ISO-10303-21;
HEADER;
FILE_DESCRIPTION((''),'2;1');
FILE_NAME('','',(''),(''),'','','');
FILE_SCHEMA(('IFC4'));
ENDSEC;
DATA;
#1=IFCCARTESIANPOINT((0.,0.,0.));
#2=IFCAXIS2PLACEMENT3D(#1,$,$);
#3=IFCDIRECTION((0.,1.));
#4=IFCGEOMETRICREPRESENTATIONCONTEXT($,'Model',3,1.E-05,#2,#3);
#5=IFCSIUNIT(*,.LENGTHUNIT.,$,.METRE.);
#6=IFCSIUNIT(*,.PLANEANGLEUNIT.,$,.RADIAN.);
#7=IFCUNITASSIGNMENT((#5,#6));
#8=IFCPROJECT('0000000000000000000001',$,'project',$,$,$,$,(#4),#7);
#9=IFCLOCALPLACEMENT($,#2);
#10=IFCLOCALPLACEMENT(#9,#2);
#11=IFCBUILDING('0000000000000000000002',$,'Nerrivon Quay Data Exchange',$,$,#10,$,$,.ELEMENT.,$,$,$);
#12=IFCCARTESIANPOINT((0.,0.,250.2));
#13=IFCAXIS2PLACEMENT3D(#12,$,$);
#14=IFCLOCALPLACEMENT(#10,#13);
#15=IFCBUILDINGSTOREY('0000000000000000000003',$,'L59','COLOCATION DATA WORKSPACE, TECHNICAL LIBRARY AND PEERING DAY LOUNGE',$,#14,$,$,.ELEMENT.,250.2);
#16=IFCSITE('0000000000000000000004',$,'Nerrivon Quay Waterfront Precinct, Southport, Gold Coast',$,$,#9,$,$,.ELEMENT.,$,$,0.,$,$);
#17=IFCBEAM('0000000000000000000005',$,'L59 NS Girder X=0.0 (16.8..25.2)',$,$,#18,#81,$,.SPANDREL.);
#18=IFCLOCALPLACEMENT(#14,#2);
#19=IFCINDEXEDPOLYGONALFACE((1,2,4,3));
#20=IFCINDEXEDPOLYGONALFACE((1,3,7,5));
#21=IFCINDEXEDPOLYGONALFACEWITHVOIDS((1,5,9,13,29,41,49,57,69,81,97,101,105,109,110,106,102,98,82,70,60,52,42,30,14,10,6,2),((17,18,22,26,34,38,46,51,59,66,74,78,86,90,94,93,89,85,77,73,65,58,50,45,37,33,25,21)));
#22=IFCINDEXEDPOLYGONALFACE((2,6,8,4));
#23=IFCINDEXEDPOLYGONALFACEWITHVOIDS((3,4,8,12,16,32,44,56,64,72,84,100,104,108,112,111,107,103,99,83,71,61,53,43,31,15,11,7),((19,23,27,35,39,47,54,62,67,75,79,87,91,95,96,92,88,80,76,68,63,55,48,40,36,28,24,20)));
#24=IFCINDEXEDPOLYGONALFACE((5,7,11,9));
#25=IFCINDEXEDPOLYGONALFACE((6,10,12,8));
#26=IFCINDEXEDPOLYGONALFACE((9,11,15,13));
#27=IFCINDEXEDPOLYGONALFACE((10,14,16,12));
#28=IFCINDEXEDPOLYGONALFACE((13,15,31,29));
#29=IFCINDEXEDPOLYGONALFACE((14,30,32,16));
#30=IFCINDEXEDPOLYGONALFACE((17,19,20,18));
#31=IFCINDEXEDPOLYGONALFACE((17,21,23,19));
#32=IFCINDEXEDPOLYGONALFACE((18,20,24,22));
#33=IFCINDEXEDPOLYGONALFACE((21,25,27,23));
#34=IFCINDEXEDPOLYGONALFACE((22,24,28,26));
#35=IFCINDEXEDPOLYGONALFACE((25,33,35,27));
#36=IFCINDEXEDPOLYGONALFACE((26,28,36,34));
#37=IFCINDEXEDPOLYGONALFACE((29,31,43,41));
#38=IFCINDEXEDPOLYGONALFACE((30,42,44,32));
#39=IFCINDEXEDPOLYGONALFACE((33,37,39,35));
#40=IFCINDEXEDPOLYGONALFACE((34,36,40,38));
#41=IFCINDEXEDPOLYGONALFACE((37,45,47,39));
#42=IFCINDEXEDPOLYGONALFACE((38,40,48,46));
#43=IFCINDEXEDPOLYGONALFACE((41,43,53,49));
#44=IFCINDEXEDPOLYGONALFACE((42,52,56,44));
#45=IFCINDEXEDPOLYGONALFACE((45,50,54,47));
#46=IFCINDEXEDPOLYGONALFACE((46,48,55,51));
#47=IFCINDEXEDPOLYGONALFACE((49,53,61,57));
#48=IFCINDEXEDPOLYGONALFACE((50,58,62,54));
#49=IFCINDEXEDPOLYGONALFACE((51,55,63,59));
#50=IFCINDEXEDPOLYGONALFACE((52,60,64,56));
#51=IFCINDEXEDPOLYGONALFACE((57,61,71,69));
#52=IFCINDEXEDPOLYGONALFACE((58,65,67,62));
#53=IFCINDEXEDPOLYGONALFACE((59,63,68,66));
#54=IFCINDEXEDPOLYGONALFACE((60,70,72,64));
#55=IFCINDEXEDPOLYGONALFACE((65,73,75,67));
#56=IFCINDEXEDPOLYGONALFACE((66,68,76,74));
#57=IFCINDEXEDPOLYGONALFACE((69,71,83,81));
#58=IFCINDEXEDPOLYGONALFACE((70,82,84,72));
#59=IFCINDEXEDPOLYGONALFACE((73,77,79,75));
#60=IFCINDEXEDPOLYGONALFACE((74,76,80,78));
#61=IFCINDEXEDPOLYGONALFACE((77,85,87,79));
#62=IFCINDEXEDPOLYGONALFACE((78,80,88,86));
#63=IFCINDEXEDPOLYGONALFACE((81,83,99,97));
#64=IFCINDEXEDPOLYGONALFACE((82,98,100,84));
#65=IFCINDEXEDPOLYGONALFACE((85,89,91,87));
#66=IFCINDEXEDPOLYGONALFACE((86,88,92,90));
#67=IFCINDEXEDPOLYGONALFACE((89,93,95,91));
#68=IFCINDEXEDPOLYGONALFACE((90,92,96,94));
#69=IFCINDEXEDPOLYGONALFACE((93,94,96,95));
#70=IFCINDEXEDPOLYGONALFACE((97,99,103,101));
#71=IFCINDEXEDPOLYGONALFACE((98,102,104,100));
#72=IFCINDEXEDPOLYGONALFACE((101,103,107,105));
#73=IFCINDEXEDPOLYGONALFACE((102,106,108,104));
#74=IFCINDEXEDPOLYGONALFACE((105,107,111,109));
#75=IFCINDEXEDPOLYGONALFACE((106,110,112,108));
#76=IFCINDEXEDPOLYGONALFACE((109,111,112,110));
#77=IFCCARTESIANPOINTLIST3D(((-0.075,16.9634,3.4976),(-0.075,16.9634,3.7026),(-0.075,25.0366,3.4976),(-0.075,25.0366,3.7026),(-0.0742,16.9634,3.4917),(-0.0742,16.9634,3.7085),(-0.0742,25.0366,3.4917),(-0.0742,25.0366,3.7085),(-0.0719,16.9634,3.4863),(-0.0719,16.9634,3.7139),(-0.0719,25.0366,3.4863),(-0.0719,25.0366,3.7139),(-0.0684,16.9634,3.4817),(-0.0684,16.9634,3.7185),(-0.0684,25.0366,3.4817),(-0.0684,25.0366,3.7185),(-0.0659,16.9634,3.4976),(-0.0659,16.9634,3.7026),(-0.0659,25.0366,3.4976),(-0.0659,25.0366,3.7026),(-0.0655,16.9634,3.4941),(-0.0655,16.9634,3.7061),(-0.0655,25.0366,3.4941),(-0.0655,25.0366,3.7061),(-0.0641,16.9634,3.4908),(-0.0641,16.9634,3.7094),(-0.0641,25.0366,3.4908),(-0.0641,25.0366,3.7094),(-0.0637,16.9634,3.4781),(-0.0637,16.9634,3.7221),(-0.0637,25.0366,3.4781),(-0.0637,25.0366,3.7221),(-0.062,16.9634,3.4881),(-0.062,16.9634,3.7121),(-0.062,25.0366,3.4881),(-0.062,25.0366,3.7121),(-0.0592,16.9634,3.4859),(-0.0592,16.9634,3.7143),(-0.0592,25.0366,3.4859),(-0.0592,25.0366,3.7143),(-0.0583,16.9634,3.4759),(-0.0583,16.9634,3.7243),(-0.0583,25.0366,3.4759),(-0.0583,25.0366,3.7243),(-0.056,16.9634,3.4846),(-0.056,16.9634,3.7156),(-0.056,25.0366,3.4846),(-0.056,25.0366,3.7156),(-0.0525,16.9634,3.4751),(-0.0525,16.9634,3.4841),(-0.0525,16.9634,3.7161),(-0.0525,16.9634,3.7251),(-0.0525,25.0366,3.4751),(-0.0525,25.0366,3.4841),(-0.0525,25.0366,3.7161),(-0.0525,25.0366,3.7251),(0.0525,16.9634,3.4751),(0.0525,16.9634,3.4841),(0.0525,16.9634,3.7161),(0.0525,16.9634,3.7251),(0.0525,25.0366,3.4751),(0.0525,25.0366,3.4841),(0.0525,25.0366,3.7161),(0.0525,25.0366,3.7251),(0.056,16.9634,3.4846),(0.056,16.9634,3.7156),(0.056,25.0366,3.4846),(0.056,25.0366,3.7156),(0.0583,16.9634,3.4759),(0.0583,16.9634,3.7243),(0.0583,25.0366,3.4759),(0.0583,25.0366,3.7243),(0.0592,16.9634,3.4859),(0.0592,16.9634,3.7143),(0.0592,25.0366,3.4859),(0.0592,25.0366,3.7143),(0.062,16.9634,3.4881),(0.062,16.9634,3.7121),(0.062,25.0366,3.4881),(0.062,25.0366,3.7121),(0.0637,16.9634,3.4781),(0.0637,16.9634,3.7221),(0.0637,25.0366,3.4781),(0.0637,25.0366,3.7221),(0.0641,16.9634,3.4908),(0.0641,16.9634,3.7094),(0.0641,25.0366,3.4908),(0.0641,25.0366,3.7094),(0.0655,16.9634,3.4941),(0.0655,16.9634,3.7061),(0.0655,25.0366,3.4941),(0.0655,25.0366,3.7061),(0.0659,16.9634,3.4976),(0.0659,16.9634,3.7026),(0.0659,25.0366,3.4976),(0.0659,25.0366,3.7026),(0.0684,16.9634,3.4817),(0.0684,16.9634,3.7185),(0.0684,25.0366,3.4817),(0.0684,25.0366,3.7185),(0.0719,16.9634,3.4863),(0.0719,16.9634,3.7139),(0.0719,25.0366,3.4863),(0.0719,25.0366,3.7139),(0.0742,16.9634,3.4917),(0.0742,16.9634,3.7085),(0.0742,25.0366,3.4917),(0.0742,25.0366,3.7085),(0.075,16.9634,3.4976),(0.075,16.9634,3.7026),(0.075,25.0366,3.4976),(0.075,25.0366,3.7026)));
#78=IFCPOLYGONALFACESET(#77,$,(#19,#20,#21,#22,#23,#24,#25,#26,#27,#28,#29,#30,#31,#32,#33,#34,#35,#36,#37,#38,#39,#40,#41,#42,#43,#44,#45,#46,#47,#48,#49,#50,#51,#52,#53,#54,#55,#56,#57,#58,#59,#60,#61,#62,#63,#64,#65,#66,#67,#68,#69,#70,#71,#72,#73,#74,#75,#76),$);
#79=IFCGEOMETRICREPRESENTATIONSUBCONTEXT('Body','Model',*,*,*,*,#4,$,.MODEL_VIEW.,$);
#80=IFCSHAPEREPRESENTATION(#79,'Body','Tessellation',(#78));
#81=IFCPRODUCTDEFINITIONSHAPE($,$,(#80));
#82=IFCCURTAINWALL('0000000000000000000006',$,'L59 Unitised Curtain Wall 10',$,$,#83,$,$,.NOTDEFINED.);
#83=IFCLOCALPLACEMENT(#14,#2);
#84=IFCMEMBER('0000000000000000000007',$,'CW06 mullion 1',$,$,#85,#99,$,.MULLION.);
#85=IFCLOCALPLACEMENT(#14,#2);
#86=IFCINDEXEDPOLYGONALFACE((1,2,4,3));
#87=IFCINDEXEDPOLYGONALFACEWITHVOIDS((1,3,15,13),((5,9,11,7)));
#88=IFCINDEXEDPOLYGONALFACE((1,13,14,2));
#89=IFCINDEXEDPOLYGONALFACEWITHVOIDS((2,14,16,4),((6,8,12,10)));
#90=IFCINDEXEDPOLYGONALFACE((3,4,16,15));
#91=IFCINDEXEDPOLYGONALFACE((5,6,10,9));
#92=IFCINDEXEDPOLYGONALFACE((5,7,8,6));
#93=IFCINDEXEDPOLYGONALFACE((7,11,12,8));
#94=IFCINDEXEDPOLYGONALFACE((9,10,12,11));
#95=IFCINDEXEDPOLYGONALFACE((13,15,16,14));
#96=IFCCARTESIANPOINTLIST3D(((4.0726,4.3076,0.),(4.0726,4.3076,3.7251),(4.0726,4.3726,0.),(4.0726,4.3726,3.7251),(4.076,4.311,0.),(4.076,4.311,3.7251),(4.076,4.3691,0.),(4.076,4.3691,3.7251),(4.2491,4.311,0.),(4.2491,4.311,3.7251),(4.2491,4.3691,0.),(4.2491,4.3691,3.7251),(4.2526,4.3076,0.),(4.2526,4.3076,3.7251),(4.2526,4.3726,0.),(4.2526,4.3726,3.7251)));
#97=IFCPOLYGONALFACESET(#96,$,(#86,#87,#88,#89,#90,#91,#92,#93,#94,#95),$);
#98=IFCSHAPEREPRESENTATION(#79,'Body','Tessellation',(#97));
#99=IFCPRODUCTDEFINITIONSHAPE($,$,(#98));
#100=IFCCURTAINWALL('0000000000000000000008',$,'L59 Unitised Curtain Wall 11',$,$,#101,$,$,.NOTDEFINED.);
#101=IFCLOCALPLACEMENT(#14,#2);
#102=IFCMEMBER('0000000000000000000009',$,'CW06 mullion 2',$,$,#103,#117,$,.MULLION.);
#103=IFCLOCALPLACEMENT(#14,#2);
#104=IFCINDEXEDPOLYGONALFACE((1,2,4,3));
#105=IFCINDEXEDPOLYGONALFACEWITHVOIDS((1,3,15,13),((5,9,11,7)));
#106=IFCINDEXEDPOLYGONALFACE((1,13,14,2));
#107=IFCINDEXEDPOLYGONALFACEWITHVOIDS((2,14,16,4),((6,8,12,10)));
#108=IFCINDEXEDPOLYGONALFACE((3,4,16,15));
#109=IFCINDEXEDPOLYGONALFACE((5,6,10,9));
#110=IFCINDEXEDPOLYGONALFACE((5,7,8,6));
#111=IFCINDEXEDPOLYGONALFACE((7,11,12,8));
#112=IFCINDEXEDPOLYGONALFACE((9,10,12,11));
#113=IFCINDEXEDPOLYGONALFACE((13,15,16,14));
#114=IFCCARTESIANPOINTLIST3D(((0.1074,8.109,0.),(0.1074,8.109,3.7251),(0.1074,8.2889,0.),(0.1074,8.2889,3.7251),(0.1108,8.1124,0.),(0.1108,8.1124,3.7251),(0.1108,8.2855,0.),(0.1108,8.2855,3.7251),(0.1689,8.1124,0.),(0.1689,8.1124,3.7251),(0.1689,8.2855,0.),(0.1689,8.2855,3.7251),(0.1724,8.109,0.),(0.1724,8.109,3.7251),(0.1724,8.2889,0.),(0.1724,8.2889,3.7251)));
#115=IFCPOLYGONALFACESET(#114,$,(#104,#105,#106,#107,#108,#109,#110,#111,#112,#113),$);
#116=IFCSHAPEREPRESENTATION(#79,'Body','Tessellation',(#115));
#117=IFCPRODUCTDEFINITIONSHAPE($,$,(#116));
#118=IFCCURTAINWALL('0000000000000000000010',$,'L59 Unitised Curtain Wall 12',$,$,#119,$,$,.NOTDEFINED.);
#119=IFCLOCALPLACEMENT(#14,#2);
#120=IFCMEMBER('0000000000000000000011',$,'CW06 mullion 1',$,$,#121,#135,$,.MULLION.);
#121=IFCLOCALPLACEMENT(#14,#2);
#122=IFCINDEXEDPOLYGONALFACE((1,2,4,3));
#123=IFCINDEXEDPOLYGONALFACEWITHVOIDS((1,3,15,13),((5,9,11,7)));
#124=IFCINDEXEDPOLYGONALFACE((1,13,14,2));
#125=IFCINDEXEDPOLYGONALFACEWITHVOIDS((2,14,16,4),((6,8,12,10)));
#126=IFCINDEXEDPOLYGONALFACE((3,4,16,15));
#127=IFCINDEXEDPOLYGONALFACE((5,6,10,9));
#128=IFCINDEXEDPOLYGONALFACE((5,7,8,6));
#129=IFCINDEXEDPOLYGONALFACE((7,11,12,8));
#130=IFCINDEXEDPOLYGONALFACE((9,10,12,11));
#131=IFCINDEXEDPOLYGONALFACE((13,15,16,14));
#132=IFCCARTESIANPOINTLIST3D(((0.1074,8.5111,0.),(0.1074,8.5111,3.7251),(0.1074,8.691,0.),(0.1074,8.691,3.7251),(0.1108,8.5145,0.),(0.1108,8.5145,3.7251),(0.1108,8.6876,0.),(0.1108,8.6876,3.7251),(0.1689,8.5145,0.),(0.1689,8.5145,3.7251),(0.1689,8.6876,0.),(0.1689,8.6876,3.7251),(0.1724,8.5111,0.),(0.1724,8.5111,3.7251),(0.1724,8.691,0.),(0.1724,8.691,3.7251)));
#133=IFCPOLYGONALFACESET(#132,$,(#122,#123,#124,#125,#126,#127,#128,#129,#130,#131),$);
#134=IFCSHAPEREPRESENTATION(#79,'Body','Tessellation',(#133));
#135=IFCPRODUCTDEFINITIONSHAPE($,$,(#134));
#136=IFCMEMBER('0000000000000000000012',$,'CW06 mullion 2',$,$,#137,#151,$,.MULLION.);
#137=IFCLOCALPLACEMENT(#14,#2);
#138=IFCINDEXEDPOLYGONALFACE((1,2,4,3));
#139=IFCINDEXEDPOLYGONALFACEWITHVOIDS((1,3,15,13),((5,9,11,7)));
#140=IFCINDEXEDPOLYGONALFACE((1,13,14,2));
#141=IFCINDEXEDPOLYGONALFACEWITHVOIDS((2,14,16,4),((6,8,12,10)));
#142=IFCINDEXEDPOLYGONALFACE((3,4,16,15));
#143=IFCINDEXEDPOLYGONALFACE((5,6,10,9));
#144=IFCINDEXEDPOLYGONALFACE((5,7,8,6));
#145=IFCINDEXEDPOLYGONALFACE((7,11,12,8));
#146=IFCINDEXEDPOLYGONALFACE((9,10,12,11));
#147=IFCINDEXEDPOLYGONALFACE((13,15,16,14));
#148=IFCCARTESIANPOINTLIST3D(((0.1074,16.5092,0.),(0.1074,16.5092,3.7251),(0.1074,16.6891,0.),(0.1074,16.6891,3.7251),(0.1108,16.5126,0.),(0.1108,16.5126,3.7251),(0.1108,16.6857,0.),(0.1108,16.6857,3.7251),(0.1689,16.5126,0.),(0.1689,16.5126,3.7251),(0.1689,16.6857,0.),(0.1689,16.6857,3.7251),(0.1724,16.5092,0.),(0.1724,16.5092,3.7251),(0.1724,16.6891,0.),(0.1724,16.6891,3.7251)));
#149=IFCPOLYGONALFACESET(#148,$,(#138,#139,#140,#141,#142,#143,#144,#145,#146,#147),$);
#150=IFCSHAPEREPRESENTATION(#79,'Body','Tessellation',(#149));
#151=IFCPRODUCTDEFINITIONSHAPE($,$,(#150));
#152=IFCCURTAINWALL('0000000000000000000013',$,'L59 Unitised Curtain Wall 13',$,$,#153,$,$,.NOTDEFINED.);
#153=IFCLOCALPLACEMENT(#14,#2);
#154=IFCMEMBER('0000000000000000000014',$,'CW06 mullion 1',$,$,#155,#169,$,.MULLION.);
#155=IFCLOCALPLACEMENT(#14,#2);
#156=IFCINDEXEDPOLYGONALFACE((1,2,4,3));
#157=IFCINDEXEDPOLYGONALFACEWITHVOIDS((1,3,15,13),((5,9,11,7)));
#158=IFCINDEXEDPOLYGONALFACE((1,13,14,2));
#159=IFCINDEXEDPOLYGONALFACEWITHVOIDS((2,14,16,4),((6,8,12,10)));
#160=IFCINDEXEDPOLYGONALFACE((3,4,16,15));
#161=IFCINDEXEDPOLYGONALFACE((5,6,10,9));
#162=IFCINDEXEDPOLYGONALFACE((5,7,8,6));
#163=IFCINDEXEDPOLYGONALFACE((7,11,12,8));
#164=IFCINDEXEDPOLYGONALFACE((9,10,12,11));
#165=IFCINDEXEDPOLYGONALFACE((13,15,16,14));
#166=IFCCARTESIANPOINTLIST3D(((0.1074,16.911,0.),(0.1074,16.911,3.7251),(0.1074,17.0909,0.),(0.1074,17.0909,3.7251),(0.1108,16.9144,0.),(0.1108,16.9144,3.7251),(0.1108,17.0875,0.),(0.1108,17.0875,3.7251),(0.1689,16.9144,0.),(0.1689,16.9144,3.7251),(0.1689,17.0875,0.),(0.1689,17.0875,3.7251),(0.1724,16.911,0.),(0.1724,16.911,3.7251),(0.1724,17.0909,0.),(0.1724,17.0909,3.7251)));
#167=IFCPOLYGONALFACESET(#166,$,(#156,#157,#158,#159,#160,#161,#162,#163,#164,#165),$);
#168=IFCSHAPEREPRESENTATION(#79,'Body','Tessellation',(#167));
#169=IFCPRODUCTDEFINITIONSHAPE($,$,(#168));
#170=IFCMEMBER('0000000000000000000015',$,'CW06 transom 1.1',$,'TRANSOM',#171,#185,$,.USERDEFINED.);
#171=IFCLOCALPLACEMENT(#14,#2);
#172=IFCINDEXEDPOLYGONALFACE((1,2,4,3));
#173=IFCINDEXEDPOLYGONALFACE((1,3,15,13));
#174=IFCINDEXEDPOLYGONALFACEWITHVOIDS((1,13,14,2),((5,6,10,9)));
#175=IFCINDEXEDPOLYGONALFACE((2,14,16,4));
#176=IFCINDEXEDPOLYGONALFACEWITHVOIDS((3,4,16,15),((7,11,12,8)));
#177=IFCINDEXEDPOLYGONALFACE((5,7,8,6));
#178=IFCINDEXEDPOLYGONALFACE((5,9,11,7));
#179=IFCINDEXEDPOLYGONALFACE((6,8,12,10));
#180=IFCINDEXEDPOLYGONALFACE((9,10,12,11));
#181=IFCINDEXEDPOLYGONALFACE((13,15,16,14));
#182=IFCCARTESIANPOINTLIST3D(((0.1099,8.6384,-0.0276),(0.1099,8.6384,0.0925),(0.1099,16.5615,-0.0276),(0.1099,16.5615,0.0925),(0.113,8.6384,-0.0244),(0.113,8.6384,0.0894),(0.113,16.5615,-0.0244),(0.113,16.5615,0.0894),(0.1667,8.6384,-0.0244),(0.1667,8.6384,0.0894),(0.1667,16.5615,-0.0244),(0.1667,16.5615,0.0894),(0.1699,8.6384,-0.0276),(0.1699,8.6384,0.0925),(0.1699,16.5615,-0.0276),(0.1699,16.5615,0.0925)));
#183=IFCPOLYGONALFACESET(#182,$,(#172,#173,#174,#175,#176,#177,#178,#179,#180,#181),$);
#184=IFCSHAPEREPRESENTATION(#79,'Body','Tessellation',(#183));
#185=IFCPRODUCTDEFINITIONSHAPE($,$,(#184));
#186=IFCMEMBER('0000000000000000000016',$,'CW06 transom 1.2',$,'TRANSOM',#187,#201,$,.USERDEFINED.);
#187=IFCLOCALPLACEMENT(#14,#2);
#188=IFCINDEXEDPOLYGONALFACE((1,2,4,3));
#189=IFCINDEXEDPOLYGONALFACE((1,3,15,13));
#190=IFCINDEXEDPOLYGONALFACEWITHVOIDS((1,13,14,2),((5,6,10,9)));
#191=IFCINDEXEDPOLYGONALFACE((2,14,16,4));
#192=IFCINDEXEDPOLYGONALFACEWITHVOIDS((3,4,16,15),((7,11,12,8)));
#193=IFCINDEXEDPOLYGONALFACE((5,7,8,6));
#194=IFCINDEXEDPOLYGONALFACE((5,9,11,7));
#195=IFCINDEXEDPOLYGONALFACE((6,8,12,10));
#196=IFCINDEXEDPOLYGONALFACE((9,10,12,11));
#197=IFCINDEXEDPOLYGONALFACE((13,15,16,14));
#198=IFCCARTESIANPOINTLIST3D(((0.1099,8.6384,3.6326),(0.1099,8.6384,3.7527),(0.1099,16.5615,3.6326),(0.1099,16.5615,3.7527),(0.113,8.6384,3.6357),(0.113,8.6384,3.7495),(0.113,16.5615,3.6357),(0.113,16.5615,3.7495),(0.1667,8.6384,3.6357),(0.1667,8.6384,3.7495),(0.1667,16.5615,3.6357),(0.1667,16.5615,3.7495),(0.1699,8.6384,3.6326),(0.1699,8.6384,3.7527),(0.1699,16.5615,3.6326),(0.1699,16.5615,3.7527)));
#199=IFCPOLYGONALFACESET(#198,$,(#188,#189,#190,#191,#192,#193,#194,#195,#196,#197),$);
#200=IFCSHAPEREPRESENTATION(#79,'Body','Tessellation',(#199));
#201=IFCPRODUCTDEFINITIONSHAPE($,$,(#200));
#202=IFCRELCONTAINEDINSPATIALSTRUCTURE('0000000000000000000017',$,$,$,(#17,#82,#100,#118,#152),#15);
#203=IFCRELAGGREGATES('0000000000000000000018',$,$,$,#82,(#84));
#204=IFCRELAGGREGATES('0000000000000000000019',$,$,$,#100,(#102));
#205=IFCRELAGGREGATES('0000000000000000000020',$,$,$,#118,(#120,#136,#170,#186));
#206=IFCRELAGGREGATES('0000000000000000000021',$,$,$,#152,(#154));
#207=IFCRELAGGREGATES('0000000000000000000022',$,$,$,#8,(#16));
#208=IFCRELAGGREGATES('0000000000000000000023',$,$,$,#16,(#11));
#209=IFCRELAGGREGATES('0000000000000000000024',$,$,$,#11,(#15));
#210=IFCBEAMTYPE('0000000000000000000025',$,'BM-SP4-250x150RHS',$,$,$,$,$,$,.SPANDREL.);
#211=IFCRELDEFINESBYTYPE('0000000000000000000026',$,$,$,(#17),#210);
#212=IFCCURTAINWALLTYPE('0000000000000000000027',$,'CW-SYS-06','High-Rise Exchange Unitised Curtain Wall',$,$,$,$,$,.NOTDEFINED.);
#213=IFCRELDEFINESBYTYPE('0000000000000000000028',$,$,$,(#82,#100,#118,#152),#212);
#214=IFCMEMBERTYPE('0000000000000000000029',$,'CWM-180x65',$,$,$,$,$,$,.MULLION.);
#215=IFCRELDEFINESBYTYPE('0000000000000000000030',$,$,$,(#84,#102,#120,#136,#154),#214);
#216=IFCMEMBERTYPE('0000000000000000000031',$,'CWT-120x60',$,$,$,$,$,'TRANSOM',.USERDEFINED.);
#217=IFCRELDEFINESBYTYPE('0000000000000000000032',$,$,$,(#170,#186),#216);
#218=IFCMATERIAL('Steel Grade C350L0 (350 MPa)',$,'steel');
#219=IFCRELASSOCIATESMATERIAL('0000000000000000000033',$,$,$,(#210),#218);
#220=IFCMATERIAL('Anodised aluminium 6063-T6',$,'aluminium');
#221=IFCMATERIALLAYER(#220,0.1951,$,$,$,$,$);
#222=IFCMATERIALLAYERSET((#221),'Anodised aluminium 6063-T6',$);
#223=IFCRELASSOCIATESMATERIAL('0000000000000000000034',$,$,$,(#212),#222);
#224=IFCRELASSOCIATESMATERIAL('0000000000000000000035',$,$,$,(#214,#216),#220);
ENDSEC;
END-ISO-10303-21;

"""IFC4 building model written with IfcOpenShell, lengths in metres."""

from ifc_helpers import new_model, si_unit, direction, frame, origin, origin_2d, place, context, subcontext, project, spatial, hollow_rectangle, extrude, material, layer, layer_set, material_profile, profile_set, type_object, element, aggregate, save


model = new_model("IFC4")

# Units and contexts
model_context = context("Model", 3, precision=1e-05, world=origin(), true_north=direction((0.0, 1.0)))
body_context = subcontext(model_context, "Body", "Model", "MODEL_VIEW")
ifc_project = project(units=[si_unit("LENGTHUNIT", "METRE"), si_unit("PLANEANGLEUNIT", "RADIAN")], contexts=[model_context])

# Site, building, storey
site_placement = place(None, origin())
site = spatial("IfcSite", under=ifc_project, at=site_placement, Name="Nerrivon Quay Waterfront Precinct, Southport, Gold Coast", CompositionType="ELEMENT", RefElevation=0.0)
building_placement = place(site_placement, origin())
building = spatial("IfcBuilding", under=site, at=building_placement, Name="Nerrivon Quay Data Exchange", CompositionType="ELEMENT")
storey_placement = place(building_placement, frame((0.0, 0.0, 250.2)))
storey = spatial("IfcBuildingStorey", under=building, at=storey_placement, Name="L59", Description="COLOCATION DATA WORKSPACE, TECHNICAL LIBRARY AND PEERING DAY LOUNGE", CompositionType="ELEMENT", Elevation=250.2)

# Beam
ifc_material_1 = material(Name="Steel Grade C350L0 (350 MPa)", Category="steel")
ifc_material_profile_1 = material_profile(ifc_material_1, hollow_rectangle(XDim=0.1499, YDim=0.25, WallThickness=0.009, InnerFilletRadius=0.0134, OuterFilletRadius=0.0225, at=origin_2d()), Name="250x150x9.0RHS")
ifc_profile_set_1 = profile_set([ifc_material_profile_1], Name="Steel Grade C350L0 (350 MPa)")
beam_type_1 = type_object("IfcBeamType", Name="BM-SP4-250x150RHS", PredefinedType="SPANDREL", material=ifc_profile_set_1)
beam_1_placement = place(storey_placement, frame((0.0, 16.9634, 3.6001), z_axis=(0.0, 1.0, 0.0), x_axis=(-1.0, 0.0, 0.0)))
element("IfcBeam", 1, at=beam_1_placement, inside=storey, type_object=beam_type_1, Name="L59 NS Girder X=0.0 (16.8..25.2)", PredefinedType="SPANDREL", context=body_context, shape_type="SweptSolid", body=[
    extrude(hollow_rectangle(XDim=0.1499, YDim=0.25, WallThickness=0.009, InnerFilletRadius=0.0134, OuterFilletRadius=0.0225, at=origin_2d()), origin(), (0.0, 0.0, 1.0), 8.0732),
])

# Curtain walls, members
ifc_material_2 = material(Name="Anodised aluminium 6063-T6", Category="aluminium")
ifc_layer_1 = layer(ifc_material_2, 0.1951)
ifc_layer_set_1 = layer_set([ifc_layer_1], Name="Anodised aluminium 6063-T6")
curtain_wall_type = type_object("IfcCurtainWallType", Name="CW-SYS-06", Description="High-Rise Exchange Unitised Curtain Wall", PredefinedType="NOTDEFINED", material=ifc_layer_set_1)
curtain_wall_1_placement = place(storey_placement, origin())
curtain_wall_1 = element("IfcCurtainWall", 2, at=curtain_wall_1_placement, inside=storey, type_object=curtain_wall_type, Name="L59 Unitised Curtain Wall 10", PredefinedType="NOTDEFINED")
ifc_material_profile_2 = material_profile(ifc_material_2, hollow_rectangle(XDim=0.0649, YDim=0.1799, WallThickness=0.0034, at=origin_2d()), Name="ALU-MULL-180x65")
ifc_profile_set_2 = profile_set([ifc_material_profile_2], Name="Anodised aluminium 6063-T6")
member_type_1 = type_object("IfcMemberType", Name="CWM-180x65", PredefinedType="MULLION", material=ifc_profile_set_2)
member_1_placement = place(storey_placement, frame((4.1626, 4.3401, 0.0), z_axis=(0.0, 0.0, 1.0), x_axis=(0.0, -1.0, 0.0)))
member_1 = element("IfcMember", 3, at=member_1_placement, type_object=member_type_1, Name="CW06 mullion 1", PredefinedType="MULLION", context=body_context, shape_type="SweptSolid", body=[
    extrude(hollow_rectangle(XDim=0.0649, YDim=0.1799, WallThickness=0.0034, at=origin_2d()), origin(), (0.0, 0.0, 1.0), 3.7251),
])
aggregate(curtain_wall_1, [member_1])
curtain_wall_2_placement = place(storey_placement, origin())
curtain_wall_2 = element("IfcCurtainWall", 4, at=curtain_wall_2_placement, inside=storey, type_object=curtain_wall_type, Name="L59 Unitised Curtain Wall 11", PredefinedType="NOTDEFINED")
member_2_placement = place(storey_placement, frame((0.1399, 8.199, 0.0), z_axis=(0.0, 0.0, 1.0), x_axis=(-1.0, 0.0, 0.0)))
member_2 = element("IfcMember", 5, at=member_2_placement, type_object=member_type_1, Name="CW06 mullion 2", PredefinedType="MULLION", context=body_context, shape_type="SweptSolid", body=[
    extrude(hollow_rectangle(XDim=0.0649, YDim=0.1799, WallThickness=0.0034, at=origin_2d()), origin(), (0.0, 0.0, 1.0), 3.7251),
])

# Curtain wall, members
curtain_wall_3_placement = place(storey_placement, origin())
curtain_wall_3 = element("IfcCurtainWall", 6, at=curtain_wall_3_placement, inside=storey, type_object=curtain_wall_type, Name="L59 Unitised Curtain Wall 12", PredefinedType="NOTDEFINED")
member_3_placement = place(storey_placement, frame((0.1399, 8.6011, 0.0), z_axis=(0.0, 0.0, 1.0), x_axis=(-1.0, 0.0, 0.0)))
member_3 = element("IfcMember", 7, at=member_3_placement, type_object=member_type_1, Name="CW06 mullion 1", PredefinedType="MULLION", context=body_context, shape_type="SweptSolid", body=[
    extrude(hollow_rectangle(XDim=0.0649, YDim=0.1799, WallThickness=0.0034, at=origin_2d()), origin(), (0.0, 0.0, 1.0), 3.7251),
])
member_4_placement = place(storey_placement, frame((0.1399, 16.5991, 0.0), z_axis=(0.0, 0.0, 1.0), x_axis=(-1.0, 0.0, 0.0)))
member_4 = element("IfcMember", 8, at=member_4_placement, type_object=member_type_1, Name="CW06 mullion 2", PredefinedType="MULLION", context=body_context, shape_type="SweptSolid", body=[
    extrude(hollow_rectangle(XDim=0.0649, YDim=0.1799, WallThickness=0.0034, at=origin_2d()), origin(), (0.0, 0.0, 1.0), 3.7251),
])

# Curtain wall, member
curtain_wall_4_placement = place(storey_placement, origin())
curtain_wall_4 = element("IfcCurtainWall", 9, at=curtain_wall_4_placement, inside=storey, type_object=curtain_wall_type, Name="L59 Unitised Curtain Wall 13", PredefinedType="NOTDEFINED")
member_5_placement = place(storey_placement, frame((0.1399, 17.001, 0.0), z_axis=(0.0, 0.0, 1.0), x_axis=(-1.0, 0.0, 0.0)))
member_5 = element("IfcMember", 10, at=member_5_placement, type_object=member_type_1, Name="CW06 mullion 1", PredefinedType="MULLION", context=body_context, shape_type="SweptSolid", body=[
    extrude(hollow_rectangle(XDim=0.0649, YDim=0.1799, WallThickness=0.0034, at=origin_2d()), origin(), (0.0, 0.0, 1.0), 3.7251),
])

# Members
ifc_material_profile_3 = material_profile(ifc_material_2, hollow_rectangle(XDim=0.0601, YDim=0.1201, WallThickness=0.0032, at=origin_2d()), Name="ALU-TRAN-120x60")
ifc_profile_set_3 = profile_set([ifc_material_profile_3], Name="Anodised aluminium 6063-T6")
member_type_2 = type_object("IfcMemberType", Name="CWT-120x60", ElementType="TRANSOM", PredefinedType="USERDEFINED", material=ifc_profile_set_3)
member_6_placement = place(storey_placement, frame((0.1399, 8.6384, 0.0325), z_axis=(0.0, 1.0, 0.0), x_axis=(-1.0, 0.0, 0.0)))
member_6 = element("IfcMember", 11, at=member_6_placement, type_object=member_type_2, Name="CW06 transom 1.1", ObjectType="TRANSOM", PredefinedType="USERDEFINED", context=body_context, shape_type="SweptSolid", body=[
    extrude(hollow_rectangle(XDim=0.0601, YDim=0.1201, WallThickness=0.0032, at=origin_2d()), origin(), (0.0, 0.0, 1.0), 7.9231),
])
member_7_placement = place(storey_placement, frame((0.1399, 8.6384, 3.6926), z_axis=(0.0, 1.0, 0.0), x_axis=(-1.0, 0.0, 0.0)))
member_7 = element("IfcMember", 12, at=member_7_placement, type_object=member_type_2, Name="CW06 transom 1.2", ObjectType="TRANSOM", PredefinedType="USERDEFINED", context=body_context, shape_type="SweptSolid", body=[
    extrude(hollow_rectangle(XDim=0.0601, YDim=0.1201, WallThickness=0.0032, at=origin_2d()), origin(), (0.0, 0.0, 1.0), 7.9231),
])

aggregate(curtain_wall_2, [member_2])
aggregate(curtain_wall_3, [member_3, member_4, member_6, member_7])
aggregate(curtain_wall_4, [member_5])

save(model, "model.ifc")
